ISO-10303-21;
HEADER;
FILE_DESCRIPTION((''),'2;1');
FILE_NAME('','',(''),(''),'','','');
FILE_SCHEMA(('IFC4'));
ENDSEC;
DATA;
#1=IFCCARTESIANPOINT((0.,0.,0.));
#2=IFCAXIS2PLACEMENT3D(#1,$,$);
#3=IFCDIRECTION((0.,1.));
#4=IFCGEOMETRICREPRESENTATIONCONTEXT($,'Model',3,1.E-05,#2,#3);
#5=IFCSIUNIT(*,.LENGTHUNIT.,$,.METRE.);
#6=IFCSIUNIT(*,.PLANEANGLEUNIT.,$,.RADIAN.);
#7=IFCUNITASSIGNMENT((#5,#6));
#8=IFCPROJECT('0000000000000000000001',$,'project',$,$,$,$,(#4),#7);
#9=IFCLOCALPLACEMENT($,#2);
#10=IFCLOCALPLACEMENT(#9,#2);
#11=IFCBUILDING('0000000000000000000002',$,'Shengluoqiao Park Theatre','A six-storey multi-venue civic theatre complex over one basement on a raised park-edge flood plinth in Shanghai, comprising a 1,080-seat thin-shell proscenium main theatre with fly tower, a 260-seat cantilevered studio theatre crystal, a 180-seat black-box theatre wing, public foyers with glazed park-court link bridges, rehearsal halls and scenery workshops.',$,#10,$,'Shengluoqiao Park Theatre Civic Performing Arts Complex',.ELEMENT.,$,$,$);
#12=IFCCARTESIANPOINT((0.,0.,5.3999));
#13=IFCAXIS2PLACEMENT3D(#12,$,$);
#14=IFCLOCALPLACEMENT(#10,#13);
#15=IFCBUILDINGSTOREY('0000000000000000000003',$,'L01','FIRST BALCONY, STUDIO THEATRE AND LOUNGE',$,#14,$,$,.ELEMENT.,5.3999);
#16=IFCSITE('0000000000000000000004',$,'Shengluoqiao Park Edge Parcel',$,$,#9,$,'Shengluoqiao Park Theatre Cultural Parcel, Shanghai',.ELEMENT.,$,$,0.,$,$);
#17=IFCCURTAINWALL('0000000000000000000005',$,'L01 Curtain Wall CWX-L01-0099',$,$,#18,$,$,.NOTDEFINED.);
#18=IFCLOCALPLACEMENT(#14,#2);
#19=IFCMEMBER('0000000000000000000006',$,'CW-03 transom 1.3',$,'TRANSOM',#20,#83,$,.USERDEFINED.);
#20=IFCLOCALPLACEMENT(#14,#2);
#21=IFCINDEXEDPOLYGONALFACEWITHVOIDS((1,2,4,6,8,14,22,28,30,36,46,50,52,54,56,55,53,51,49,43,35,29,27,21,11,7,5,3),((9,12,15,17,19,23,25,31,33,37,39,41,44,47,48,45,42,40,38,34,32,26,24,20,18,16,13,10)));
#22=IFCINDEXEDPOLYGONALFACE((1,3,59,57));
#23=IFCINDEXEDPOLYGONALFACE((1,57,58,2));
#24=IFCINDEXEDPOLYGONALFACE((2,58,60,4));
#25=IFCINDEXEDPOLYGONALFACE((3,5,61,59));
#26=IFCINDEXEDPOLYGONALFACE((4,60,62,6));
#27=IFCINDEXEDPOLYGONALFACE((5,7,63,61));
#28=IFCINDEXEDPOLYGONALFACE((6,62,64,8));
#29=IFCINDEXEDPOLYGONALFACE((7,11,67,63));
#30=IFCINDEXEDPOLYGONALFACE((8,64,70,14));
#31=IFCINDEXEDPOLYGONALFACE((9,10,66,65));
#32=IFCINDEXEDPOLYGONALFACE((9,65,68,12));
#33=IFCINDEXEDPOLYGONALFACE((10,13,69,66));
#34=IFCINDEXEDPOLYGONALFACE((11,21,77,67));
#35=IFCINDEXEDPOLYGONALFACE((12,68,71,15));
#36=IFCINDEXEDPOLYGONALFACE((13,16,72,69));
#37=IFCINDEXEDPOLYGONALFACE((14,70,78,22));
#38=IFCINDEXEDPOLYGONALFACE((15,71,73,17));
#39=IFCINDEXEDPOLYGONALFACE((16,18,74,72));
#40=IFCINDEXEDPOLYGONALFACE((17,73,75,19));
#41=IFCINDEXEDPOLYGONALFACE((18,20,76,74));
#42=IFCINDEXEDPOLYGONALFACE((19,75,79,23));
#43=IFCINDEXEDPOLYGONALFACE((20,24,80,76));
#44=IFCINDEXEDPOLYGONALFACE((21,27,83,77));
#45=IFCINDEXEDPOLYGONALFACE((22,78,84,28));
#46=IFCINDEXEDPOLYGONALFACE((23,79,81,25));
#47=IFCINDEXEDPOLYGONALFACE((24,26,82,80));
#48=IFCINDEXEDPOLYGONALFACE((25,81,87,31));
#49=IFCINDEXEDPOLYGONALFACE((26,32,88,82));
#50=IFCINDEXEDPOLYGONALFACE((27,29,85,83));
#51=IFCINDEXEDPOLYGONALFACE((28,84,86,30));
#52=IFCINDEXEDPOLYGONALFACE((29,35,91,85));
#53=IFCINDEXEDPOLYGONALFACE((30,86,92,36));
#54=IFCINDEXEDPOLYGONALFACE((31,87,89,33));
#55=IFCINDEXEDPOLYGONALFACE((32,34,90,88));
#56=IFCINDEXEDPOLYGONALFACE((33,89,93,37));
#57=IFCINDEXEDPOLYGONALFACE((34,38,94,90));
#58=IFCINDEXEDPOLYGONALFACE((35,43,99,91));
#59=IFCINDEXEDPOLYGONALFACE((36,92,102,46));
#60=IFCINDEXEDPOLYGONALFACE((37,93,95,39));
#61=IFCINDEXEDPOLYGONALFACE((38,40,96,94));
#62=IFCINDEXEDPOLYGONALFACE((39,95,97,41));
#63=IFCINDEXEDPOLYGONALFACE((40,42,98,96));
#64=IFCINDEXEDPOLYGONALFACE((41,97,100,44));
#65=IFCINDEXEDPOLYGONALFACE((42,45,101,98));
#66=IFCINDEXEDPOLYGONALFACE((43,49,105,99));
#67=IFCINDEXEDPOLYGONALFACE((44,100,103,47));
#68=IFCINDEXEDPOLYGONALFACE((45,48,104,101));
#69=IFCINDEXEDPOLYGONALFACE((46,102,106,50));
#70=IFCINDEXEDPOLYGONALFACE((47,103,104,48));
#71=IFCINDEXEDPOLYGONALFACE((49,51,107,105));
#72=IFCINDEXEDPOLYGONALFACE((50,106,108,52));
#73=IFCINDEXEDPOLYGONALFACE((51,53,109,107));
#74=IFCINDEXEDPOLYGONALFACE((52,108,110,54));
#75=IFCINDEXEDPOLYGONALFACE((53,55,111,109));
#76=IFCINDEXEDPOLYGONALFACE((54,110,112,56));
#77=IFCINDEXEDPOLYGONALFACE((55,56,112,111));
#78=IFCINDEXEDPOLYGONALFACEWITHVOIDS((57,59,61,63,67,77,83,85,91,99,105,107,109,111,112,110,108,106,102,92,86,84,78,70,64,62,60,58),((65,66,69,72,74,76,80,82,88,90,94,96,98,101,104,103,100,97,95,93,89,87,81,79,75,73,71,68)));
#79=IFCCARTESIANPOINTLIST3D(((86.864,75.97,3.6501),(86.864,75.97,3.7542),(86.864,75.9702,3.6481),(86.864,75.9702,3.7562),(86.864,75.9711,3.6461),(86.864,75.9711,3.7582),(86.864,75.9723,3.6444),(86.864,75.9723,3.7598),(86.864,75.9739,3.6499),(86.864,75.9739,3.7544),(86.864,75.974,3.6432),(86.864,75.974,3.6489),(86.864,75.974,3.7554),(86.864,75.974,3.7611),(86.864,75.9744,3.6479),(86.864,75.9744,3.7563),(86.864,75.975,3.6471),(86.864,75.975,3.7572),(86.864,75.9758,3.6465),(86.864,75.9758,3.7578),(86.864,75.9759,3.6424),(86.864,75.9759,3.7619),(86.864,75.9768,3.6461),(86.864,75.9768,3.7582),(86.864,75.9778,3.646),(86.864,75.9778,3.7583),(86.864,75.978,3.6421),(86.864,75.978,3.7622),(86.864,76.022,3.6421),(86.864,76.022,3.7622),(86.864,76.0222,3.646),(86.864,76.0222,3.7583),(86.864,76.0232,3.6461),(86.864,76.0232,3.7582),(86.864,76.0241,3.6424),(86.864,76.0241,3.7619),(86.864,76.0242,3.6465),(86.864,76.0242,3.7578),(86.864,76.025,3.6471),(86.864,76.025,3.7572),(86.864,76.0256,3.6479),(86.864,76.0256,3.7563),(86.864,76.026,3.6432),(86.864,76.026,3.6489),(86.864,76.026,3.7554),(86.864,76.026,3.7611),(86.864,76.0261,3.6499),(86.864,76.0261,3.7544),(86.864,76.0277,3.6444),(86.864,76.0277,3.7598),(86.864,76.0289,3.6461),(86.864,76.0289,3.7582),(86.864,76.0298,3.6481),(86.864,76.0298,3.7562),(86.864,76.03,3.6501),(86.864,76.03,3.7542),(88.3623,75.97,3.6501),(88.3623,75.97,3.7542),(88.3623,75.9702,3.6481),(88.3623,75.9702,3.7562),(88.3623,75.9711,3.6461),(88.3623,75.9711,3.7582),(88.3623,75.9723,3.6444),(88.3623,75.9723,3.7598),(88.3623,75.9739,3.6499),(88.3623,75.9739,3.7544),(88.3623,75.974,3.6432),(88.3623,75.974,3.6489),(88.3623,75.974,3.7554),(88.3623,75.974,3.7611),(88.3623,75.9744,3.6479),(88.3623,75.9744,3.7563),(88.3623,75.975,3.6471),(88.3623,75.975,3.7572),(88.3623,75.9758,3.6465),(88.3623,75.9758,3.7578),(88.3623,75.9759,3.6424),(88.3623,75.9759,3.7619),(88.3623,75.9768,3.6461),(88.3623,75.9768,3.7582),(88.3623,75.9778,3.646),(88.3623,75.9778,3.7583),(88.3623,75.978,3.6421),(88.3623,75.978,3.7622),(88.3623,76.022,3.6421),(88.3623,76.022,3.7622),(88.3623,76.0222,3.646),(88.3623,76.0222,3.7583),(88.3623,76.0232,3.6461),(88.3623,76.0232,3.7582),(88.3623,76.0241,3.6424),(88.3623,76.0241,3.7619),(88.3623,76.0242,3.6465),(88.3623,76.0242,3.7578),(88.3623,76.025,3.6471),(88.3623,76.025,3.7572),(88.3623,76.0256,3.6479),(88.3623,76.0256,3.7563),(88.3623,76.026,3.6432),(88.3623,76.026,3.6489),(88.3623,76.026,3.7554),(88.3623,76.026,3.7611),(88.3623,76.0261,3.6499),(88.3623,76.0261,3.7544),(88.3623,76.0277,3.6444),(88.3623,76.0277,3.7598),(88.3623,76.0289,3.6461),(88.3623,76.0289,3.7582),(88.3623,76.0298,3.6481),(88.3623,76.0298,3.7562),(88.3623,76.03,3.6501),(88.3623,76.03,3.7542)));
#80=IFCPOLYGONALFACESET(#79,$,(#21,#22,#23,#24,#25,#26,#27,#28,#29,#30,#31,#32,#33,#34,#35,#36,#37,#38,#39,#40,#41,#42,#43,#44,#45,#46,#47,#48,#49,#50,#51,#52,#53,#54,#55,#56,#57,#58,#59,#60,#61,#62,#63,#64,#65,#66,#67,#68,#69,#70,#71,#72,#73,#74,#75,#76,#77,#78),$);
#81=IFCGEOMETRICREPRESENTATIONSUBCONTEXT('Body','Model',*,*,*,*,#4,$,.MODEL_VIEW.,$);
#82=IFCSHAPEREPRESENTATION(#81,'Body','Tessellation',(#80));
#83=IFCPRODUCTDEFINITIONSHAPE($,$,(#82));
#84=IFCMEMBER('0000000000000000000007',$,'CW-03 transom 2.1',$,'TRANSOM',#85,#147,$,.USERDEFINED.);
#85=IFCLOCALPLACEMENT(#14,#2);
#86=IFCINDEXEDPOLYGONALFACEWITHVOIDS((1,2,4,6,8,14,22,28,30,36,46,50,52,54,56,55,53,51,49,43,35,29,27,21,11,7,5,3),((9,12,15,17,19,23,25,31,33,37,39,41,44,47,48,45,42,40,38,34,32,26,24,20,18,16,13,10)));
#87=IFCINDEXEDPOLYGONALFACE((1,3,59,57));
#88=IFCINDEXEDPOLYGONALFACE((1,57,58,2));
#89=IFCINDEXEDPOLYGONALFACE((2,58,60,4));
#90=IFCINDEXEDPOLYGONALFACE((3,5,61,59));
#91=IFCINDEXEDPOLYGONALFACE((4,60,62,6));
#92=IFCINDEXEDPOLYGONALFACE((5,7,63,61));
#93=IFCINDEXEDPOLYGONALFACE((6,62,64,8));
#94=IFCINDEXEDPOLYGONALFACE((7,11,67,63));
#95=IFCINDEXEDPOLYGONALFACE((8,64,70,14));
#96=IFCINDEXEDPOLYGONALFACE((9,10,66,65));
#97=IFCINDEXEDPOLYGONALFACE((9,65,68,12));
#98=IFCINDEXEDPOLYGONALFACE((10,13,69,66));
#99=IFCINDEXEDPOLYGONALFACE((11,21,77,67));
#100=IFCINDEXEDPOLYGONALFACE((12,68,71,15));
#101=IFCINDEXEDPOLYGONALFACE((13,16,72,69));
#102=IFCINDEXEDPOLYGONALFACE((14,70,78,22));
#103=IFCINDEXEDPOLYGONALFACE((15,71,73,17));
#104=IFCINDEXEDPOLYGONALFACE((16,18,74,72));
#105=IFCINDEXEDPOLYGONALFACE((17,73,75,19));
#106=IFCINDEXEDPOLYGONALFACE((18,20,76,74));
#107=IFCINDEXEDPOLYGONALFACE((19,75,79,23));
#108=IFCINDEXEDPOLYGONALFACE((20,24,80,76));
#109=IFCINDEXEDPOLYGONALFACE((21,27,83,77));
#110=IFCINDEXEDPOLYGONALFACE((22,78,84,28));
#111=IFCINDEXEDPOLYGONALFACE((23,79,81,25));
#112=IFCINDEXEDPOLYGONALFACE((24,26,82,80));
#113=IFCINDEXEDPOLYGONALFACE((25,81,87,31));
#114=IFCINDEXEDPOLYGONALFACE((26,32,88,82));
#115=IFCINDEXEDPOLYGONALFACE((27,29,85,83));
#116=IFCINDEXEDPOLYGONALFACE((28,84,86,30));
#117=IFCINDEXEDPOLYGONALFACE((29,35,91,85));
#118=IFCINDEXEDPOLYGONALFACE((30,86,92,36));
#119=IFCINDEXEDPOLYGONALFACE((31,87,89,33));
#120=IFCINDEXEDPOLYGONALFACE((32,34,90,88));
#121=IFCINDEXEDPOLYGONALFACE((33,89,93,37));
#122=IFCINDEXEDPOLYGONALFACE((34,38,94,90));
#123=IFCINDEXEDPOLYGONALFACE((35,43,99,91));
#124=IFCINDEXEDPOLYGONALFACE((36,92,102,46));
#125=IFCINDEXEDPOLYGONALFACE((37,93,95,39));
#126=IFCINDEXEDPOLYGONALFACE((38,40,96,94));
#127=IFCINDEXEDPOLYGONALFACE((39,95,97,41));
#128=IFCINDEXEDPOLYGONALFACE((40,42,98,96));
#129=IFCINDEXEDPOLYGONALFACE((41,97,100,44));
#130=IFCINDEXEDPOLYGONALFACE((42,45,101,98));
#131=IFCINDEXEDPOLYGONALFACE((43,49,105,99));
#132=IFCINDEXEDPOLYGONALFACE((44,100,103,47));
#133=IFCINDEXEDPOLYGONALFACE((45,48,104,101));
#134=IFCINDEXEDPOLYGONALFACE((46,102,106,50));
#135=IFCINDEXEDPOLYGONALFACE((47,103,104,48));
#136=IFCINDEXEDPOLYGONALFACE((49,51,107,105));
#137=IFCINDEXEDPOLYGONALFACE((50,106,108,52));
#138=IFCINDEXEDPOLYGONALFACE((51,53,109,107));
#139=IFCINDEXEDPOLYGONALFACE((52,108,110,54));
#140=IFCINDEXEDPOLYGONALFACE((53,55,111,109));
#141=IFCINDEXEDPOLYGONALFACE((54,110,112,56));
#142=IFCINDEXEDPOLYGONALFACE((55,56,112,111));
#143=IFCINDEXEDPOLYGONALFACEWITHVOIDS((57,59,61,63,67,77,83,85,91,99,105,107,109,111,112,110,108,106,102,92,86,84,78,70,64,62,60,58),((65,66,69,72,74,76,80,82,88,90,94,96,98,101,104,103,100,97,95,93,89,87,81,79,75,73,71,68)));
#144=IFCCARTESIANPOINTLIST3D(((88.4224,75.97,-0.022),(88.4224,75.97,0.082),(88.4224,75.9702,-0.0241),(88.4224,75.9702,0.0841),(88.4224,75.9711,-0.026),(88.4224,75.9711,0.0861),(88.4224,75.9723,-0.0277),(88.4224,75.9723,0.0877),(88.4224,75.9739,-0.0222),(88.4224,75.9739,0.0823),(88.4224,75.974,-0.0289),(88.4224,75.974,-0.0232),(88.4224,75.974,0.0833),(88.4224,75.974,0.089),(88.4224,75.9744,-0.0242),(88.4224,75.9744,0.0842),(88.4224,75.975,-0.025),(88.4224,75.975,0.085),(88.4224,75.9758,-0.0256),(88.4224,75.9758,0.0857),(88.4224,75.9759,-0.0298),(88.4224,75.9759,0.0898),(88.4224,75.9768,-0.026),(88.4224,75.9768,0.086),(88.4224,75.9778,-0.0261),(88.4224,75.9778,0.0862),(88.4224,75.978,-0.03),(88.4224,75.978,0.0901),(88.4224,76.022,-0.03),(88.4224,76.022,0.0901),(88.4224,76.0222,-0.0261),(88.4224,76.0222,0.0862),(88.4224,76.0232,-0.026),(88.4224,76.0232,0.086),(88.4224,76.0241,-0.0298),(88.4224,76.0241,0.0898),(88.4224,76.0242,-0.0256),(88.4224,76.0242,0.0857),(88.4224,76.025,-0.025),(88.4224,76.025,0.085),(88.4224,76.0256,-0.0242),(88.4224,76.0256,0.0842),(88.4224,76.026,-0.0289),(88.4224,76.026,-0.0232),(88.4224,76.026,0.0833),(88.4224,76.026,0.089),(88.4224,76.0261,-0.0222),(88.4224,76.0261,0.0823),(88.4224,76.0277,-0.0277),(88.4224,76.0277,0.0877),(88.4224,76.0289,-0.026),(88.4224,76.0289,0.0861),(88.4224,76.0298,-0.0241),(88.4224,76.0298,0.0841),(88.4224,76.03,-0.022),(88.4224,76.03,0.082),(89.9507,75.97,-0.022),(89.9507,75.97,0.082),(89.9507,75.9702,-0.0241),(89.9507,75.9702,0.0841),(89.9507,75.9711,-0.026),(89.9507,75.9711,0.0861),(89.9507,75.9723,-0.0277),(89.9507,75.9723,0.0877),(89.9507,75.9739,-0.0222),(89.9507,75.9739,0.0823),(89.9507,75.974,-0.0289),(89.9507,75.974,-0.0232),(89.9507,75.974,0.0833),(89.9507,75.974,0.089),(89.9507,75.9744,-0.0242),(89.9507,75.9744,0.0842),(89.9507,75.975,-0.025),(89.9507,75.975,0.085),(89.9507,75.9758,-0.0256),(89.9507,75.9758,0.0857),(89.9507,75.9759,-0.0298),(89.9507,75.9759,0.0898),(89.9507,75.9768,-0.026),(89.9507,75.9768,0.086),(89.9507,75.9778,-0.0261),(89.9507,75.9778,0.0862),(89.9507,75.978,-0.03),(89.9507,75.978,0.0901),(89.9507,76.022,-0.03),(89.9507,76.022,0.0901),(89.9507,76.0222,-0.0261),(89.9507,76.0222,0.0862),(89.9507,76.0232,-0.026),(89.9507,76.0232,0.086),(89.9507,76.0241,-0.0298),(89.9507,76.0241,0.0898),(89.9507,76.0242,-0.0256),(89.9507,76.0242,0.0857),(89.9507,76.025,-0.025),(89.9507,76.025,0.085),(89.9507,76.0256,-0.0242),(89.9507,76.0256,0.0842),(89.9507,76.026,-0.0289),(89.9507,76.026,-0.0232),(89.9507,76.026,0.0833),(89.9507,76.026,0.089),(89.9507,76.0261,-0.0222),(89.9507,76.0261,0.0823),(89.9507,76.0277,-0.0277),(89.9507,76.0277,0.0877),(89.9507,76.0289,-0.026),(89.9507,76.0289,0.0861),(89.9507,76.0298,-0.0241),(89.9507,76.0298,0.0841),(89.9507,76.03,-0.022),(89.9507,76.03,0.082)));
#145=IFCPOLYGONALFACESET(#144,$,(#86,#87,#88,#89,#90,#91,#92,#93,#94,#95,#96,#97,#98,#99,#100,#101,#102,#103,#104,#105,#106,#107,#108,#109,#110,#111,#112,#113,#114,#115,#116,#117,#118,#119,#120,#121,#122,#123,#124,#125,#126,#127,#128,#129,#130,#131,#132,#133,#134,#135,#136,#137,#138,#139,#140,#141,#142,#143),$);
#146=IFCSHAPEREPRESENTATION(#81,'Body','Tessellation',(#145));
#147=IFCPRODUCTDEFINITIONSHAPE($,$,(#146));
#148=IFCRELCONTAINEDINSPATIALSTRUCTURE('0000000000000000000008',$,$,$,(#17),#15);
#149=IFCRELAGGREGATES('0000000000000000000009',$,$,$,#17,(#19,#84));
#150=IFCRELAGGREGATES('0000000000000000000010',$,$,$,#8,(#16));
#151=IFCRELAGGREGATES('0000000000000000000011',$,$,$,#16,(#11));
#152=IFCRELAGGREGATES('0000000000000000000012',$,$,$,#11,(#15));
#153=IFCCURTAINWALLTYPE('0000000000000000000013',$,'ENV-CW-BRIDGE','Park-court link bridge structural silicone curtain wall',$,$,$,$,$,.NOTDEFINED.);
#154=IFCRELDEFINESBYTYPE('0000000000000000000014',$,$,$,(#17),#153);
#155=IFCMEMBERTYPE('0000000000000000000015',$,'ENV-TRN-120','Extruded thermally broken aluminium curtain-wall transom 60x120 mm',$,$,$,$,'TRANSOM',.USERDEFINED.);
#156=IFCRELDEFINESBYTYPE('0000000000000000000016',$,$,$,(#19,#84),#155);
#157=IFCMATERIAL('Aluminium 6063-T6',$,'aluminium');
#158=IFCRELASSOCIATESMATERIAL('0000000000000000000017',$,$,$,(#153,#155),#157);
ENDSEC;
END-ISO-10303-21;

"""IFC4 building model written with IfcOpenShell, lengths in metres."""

from ifc_helpers import new_model, si_unit, direction, frame, origin, origin_2d, place, context, subcontext, project, spatial, hollow_rectangle, extrude, material, material_profile, profile_set, type_object, element, aggregate, save


model = new_model("IFC4")

# Units and contexts
model_context = context("Model", 3, precision=1e-05, world=origin(), true_north=direction((0.0, 1.0)))
body_context = subcontext(model_context, "Body", "Model", "MODEL_VIEW")
ifc_project = project(units=[si_unit("LENGTHUNIT", "METRE"), si_unit("PLANEANGLEUNIT", "RADIAN")], contexts=[model_context])

# Site, building, storey
site_placement = place(None, origin())
site = spatial("IfcSite", under=ifc_project, at=site_placement, Name="Shengluoqiao Park Edge Parcel", LongName="Shengluoqiao Park Theatre Cultural Parcel, Shanghai", CompositionType="ELEMENT", RefElevation=0.0)
building_placement = place(site_placement, origin())
building = spatial("IfcBuilding", under=site, at=building_placement, Name="Shengluoqiao Park Theatre", Description="A six-storey multi-venue civic theatre complex over one basement on a raised park-edge flood plinth in Shanghai, comprising a 1,080-seat thin-shell proscenium main theatre with fly tower, a 260-seat cantilevered studio theatre crystal, a 180-seat black-box theatre wing, public foyers with glazed park-court link bridges, rehearsal halls and scenery workshops.", LongName="Shengluoqiao Park Theatre Civic Performing Arts Complex", CompositionType="ELEMENT")
storey_placement = place(building_placement, frame((0.0, 0.0, 5.3999)))
storey = spatial("IfcBuildingStorey", under=building, at=storey_placement, Name="L01", Description="FIRST BALCONY, STUDIO THEATRE AND LOUNGE", CompositionType="ELEMENT", Elevation=5.3999)

# Curtain wall, members
ifc_material_1 = material(Name="Aluminium 6063-T6", Category="aluminium")
curtain_wall_type = type_object("IfcCurtainWallType", Name="ENV-CW-BRIDGE", Description="Park-court link bridge structural silicone curtain wall", PredefinedType="NOTDEFINED", material=ifc_material_1)
curtain_wall_placement = place(storey_placement, origin())
curtain_wall = element("IfcCurtainWall", 1, at=curtain_wall_placement, inside=storey, type_object=curtain_wall_type, Name="L01 Curtain Wall CWX-L01-0099", PredefinedType="NOTDEFINED")
ifc_material_profile_1 = material_profile(ifc_material_1, hollow_rectangle(XDim=0.0601, YDim=0.1201, WallThickness=0.0039, InnerFilletRadius=0.0039, OuterFilletRadius=0.0081, at=origin_2d()), Name="ALU TRANSOM 120x60x4")
ifc_profile_set_1 = profile_set([ifc_material_profile_1], Name="Aluminium 6063-T6")
member_type_1 = type_object("IfcMemberType", Name="ENV-TRN-120", Description="Extruded thermally broken aluminium curtain-wall transom 60x120 mm", ElementType="TRANSOM", PredefinedType="USERDEFINED", material=ifc_profile_set_1)
member_1_placement = place(storey_placement, frame((86.864, 76.0, 3.7021), z_axis=(1.0, 0.0, 0.0), x_axis=(0.0, 1.0, 0.0)))
member_1 = element("IfcMember", 2, at=member_1_placement, type_object=member_type_1, Name="CW-03 transom 1.3", ObjectType="TRANSOM", PredefinedType="USERDEFINED", context=body_context, shape_type="SweptSolid", body=[
    extrude(hollow_rectangle(XDim=0.0601, YDim=0.1201, WallThickness=0.0039, InnerFilletRadius=0.0039, OuterFilletRadius=0.0081, at=origin_2d()), origin(), (0.0, 0.0, 1.0), 1.4983),
])
member_2_placement = place(storey_placement, frame((88.4224, 76.0, 0.03), z_axis=(1.0, 0.0, 0.0), x_axis=(0.0, 1.0, 0.0)))
member_2 = element("IfcMember", 3, at=member_2_placement, type_object=member_type_1, Name="CW-03 transom 2.1", ObjectType="TRANSOM", PredefinedType="USERDEFINED", context=body_context, shape_type="SweptSolid", body=[
    extrude(hollow_rectangle(XDim=0.0601, YDim=0.1201, WallThickness=0.0039, InnerFilletRadius=0.0039, OuterFilletRadius=0.0081, at=origin_2d()), origin(), (0.0, 0.0, 1.0), 1.5283),
])

aggregate(curtain_wall, [member_1, member_2])

save(model, "model.ifc")
